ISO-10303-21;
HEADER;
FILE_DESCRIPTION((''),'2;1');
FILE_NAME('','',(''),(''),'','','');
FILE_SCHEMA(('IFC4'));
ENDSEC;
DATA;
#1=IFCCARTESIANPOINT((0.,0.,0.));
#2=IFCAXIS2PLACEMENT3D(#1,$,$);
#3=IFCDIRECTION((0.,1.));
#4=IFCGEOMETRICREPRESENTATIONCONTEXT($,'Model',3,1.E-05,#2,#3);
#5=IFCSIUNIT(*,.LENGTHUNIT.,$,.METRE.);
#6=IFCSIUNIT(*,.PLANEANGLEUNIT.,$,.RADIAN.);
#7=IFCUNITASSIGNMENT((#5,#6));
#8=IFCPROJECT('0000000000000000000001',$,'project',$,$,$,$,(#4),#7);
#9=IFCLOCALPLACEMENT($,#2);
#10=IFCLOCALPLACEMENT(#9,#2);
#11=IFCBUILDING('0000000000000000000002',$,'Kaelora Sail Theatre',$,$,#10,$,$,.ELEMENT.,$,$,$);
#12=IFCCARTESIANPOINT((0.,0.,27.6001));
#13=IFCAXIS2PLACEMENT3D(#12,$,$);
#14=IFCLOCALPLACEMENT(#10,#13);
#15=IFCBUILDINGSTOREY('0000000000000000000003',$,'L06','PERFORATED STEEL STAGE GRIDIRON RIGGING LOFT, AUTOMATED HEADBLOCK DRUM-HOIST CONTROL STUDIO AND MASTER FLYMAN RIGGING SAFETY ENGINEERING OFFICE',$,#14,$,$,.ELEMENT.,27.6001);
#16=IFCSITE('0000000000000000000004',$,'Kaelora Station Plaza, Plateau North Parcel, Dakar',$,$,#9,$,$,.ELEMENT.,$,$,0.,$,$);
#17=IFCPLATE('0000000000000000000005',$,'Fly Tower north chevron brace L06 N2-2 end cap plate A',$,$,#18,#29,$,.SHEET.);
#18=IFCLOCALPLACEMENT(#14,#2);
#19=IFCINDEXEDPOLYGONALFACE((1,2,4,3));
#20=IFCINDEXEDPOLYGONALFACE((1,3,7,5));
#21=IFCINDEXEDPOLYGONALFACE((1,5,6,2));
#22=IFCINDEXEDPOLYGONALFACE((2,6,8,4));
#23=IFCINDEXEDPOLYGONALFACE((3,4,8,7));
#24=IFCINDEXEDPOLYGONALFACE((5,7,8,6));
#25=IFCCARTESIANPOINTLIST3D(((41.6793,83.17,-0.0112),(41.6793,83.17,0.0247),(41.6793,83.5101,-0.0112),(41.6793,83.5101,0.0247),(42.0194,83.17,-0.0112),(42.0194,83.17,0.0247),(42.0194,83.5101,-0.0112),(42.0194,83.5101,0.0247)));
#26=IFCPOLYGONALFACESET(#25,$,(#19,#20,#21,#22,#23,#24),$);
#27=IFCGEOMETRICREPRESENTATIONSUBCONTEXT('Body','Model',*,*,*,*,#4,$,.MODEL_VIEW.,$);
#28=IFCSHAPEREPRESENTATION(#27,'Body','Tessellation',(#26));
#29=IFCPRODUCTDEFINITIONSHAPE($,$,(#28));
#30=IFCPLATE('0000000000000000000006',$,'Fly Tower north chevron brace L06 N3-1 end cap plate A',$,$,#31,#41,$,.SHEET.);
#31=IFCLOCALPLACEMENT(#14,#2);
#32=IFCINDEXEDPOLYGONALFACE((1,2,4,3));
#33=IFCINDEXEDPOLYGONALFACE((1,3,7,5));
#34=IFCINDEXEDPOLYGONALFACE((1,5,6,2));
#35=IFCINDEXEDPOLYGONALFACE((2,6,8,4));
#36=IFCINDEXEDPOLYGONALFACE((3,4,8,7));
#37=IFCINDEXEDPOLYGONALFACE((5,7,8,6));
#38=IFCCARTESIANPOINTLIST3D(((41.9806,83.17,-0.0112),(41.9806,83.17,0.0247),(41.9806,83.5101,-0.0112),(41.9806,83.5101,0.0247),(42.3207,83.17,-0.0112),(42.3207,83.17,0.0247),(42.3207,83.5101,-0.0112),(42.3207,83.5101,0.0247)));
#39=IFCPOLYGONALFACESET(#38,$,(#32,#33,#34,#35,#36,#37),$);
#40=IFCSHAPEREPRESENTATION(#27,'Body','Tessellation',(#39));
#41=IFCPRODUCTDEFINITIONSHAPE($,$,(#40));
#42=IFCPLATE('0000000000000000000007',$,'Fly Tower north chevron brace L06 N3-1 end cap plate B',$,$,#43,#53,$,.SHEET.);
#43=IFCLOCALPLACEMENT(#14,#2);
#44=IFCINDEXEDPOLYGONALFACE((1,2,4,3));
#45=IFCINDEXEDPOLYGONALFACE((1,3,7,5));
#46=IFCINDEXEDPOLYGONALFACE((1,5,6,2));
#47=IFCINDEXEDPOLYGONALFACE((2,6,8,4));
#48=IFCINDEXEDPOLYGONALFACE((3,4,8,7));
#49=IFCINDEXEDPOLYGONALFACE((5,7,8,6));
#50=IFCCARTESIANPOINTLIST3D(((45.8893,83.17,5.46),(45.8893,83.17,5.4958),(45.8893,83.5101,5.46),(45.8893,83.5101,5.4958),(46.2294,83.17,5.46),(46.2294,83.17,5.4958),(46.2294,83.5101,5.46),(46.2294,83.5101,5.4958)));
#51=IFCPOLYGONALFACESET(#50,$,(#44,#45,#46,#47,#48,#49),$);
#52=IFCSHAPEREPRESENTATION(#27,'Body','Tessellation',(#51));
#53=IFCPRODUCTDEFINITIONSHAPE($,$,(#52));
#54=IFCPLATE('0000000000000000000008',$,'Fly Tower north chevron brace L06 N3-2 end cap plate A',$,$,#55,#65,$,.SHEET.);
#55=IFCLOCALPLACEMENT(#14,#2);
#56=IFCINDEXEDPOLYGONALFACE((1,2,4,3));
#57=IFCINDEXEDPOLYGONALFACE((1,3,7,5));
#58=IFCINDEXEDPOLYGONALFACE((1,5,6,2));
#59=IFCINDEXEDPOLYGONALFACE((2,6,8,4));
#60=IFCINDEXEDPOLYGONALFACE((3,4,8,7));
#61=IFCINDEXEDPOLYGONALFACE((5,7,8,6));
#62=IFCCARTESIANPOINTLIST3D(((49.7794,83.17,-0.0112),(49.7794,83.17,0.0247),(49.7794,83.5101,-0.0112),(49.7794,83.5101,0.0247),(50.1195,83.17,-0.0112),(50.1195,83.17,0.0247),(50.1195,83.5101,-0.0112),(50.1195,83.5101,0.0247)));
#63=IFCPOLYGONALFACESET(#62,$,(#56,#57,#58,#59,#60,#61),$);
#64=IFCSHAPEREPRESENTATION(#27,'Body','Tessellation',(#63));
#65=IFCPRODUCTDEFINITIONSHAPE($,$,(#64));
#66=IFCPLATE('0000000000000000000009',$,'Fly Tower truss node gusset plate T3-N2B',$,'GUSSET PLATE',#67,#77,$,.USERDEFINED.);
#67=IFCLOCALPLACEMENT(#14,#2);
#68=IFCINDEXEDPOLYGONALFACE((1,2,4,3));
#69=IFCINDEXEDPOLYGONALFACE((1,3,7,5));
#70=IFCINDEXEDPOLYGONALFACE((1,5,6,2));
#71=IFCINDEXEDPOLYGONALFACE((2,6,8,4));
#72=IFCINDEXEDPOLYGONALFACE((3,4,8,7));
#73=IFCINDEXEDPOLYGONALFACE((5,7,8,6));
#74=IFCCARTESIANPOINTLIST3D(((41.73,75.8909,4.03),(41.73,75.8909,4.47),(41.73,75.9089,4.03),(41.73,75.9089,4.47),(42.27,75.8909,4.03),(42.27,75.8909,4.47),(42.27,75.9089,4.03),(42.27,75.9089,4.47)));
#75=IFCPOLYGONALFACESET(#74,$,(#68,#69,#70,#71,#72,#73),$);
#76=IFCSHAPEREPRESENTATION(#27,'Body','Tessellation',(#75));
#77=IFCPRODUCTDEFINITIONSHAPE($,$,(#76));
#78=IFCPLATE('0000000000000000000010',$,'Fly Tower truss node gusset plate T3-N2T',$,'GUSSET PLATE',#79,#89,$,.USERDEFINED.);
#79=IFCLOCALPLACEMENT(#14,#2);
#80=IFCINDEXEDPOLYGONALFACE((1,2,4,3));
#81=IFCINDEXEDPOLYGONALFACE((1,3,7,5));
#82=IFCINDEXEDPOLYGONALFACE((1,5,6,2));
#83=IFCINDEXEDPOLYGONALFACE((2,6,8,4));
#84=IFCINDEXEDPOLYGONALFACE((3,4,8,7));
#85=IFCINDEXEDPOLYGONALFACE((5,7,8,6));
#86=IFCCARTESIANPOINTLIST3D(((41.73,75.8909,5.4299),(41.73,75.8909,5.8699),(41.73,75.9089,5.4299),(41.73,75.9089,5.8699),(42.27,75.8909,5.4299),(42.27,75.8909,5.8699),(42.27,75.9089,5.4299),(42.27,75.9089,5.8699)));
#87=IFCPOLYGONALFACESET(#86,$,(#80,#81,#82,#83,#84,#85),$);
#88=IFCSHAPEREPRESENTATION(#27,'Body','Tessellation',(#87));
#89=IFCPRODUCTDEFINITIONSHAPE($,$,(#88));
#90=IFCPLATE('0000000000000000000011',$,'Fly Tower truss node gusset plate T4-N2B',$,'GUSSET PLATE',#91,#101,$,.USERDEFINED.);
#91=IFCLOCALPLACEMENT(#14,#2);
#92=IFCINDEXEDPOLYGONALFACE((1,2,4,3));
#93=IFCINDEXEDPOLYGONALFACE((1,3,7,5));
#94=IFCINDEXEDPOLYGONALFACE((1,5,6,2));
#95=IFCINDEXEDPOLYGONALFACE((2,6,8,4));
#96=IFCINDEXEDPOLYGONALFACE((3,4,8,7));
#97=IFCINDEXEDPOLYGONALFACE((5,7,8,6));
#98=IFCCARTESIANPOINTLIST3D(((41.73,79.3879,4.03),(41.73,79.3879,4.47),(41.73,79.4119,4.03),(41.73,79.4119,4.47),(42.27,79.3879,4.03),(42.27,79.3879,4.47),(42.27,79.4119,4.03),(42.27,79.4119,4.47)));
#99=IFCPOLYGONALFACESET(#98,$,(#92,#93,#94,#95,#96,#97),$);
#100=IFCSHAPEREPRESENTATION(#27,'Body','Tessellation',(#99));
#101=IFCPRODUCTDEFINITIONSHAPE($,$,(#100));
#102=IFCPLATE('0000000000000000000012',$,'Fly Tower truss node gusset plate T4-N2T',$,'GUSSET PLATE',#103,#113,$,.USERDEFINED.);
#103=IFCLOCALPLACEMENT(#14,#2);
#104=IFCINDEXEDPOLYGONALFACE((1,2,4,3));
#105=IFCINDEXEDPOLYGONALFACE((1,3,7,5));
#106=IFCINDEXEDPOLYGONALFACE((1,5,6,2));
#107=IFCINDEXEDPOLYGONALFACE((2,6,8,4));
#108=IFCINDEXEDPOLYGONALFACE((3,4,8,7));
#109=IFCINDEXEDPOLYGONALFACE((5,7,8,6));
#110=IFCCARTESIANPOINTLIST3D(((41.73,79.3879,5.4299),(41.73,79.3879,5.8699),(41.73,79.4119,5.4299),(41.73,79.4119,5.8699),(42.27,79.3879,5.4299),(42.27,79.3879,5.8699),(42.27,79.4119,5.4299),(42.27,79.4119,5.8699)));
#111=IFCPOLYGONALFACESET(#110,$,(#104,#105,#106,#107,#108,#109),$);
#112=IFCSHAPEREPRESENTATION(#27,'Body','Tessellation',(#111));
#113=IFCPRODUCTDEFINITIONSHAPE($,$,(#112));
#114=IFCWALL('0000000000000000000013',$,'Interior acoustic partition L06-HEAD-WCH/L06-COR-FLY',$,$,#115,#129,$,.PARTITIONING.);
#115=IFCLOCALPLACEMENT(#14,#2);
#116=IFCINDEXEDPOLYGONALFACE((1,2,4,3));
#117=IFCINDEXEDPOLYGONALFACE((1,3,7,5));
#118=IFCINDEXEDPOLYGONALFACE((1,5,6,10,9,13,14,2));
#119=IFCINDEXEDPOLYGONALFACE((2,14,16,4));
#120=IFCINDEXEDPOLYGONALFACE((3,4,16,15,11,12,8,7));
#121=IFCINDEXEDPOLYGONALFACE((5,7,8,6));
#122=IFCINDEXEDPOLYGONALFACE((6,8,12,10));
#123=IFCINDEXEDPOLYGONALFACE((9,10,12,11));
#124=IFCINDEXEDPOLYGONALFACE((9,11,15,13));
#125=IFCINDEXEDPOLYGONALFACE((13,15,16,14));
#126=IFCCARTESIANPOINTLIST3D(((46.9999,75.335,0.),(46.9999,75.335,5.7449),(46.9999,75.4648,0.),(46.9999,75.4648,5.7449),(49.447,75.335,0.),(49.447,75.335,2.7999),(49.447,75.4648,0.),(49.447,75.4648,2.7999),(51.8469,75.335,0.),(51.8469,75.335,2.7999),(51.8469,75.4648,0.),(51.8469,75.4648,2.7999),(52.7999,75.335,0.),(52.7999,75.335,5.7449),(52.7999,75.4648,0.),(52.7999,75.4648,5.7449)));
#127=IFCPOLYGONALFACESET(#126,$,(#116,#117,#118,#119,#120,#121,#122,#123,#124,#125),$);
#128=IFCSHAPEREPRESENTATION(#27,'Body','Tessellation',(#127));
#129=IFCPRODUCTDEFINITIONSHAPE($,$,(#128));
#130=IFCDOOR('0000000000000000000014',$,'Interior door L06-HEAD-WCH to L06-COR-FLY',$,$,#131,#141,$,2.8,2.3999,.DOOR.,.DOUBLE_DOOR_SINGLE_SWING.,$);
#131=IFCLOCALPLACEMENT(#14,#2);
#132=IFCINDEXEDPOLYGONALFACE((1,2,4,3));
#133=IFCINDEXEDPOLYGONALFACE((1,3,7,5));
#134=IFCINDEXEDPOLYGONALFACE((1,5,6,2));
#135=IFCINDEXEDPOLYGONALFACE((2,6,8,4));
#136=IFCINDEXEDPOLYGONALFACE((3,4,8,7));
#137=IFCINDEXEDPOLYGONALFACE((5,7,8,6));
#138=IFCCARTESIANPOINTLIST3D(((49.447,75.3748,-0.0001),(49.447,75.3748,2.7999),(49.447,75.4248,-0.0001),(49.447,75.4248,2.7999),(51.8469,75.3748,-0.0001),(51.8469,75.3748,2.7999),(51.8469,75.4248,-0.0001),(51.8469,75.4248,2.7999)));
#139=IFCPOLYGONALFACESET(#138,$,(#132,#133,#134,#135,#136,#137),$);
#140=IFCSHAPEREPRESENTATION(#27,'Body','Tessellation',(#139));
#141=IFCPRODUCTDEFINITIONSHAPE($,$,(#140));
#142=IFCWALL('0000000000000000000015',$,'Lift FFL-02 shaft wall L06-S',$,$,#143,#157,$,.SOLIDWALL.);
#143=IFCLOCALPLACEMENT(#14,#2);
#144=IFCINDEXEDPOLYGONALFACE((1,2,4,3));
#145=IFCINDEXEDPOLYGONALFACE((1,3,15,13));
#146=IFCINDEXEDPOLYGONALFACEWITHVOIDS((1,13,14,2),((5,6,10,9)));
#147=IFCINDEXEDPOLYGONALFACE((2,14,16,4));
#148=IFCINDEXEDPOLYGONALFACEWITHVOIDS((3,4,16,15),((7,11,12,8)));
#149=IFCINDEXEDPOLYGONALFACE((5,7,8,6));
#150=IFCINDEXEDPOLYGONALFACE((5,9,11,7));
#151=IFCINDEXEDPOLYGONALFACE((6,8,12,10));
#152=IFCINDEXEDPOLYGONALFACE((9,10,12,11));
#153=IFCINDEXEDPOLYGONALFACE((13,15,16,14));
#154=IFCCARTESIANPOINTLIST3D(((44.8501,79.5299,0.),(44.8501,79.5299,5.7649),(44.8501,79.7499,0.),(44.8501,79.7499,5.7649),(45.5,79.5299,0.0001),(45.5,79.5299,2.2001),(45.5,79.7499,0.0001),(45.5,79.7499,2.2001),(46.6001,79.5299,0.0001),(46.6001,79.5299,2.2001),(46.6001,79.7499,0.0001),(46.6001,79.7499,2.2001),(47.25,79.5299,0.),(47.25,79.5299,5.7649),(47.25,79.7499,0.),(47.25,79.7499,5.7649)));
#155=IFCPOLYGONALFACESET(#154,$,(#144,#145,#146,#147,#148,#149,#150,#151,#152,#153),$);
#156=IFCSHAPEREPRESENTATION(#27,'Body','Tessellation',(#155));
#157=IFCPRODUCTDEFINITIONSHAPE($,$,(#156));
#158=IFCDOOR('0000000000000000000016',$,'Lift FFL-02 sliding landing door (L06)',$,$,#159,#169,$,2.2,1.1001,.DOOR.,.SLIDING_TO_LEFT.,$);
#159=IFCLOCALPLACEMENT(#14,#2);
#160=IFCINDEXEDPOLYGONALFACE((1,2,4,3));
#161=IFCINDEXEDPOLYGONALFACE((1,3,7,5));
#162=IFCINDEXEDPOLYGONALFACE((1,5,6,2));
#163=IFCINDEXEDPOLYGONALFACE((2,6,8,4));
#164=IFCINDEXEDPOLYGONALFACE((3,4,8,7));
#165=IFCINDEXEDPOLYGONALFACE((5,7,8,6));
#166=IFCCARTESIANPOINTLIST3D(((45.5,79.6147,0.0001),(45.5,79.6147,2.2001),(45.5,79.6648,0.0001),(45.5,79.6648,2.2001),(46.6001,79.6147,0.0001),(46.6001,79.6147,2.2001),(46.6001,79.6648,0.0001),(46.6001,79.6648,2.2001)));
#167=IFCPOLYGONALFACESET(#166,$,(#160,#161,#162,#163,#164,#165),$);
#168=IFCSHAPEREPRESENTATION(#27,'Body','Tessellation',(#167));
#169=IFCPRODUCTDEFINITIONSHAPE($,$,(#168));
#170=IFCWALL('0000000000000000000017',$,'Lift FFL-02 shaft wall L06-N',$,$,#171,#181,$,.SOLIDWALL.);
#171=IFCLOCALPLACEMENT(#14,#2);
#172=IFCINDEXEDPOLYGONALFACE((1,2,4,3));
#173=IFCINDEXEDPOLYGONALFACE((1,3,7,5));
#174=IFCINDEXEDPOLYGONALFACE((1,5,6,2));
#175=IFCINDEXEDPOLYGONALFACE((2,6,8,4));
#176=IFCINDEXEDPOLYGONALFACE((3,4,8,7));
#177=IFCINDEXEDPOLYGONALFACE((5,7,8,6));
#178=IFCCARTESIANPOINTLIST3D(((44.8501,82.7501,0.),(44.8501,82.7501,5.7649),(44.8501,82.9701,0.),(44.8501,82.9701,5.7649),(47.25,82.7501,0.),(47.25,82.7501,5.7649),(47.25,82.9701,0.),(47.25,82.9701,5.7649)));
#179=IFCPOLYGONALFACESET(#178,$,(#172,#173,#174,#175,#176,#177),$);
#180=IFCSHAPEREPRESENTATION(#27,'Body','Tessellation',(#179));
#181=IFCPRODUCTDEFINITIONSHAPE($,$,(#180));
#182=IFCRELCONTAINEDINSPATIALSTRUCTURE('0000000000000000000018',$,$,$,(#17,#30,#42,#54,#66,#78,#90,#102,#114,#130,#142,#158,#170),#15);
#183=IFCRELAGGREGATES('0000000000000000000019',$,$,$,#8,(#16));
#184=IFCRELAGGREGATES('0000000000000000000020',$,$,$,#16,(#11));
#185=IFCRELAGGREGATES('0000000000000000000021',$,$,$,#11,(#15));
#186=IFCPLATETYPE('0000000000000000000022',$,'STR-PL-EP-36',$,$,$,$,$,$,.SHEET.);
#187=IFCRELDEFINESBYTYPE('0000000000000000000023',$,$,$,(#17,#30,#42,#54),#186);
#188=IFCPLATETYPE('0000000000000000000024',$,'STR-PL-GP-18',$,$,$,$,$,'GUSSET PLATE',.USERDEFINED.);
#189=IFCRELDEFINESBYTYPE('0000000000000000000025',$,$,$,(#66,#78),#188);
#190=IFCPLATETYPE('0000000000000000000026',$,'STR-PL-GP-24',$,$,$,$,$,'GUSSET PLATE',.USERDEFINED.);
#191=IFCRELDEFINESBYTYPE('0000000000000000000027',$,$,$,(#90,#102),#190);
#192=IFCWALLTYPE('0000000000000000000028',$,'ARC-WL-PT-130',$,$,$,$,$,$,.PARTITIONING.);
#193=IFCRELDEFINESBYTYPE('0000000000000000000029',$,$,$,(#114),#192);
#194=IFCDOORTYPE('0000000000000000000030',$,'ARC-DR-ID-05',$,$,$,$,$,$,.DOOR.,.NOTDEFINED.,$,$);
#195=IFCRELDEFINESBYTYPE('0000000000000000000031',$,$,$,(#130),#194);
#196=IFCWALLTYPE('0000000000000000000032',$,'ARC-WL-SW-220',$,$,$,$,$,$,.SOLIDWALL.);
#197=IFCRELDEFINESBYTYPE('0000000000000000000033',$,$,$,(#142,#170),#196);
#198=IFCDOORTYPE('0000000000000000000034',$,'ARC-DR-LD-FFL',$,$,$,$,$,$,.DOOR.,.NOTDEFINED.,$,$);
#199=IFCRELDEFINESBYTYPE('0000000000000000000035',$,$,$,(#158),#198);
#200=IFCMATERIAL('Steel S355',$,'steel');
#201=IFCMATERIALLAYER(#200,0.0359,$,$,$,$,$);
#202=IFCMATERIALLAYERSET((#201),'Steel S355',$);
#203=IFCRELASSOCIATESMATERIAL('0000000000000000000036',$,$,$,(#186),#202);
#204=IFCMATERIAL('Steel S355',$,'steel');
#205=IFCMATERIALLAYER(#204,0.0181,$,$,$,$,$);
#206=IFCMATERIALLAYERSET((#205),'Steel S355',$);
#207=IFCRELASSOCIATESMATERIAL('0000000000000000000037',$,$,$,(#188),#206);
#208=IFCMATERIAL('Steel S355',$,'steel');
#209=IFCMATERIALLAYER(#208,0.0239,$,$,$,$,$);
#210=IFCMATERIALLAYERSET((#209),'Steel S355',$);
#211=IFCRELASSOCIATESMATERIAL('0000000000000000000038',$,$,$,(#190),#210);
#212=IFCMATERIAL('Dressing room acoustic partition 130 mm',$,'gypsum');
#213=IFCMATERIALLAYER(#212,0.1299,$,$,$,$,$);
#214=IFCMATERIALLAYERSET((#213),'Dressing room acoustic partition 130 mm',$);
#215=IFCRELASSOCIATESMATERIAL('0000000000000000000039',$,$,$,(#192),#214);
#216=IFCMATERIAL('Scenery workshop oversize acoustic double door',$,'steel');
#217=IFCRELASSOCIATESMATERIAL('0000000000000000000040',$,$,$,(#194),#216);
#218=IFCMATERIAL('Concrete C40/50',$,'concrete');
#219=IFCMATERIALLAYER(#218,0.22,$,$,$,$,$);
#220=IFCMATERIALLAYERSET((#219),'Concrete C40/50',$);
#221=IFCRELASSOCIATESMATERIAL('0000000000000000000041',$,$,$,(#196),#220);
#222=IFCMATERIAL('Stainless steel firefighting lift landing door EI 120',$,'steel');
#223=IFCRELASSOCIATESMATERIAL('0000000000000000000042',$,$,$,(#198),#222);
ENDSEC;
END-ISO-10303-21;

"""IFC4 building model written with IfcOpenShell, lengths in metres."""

from ifc_helpers import new_model, si_unit, direction, frame, frame_2d, origin, origin_2d, place, context, subcontext, project, spatial, rectangle, extrude, material, layer, layer_set, type_object, element, fill, save


model = new_model("IFC4")

# Units and contexts
model_context = context("Model", 3, precision=1e-05, world=origin(), true_north=direction((0.0, 1.0)))
body_context = subcontext(model_context, "Body", "Model", "MODEL_VIEW")
ifc_project = project(units=[si_unit("LENGTHUNIT", "METRE"), si_unit("PLANEANGLEUNIT", "RADIAN")], contexts=[model_context])

# Site, building, storey
site_placement = place(None, origin())
site = spatial("IfcSite", under=ifc_project, at=site_placement, Name="Kaelora Station Plaza, Plateau North Parcel, Dakar", CompositionType="ELEMENT", RefElevation=0.0)
building_placement = place(site_placement, origin())
building = spatial("IfcBuilding", under=site, at=building_placement, Name="Kaelora Sail Theatre", CompositionType="ELEMENT")
storey_placement = place(building_placement, frame((0.0, 0.0, 27.6001)))
storey = spatial("IfcBuildingStorey", under=building, at=storey_placement, Name="L06", Description="PERFORATED STEEL STAGE GRIDIRON RIGGING LOFT, AUTOMATED HEADBLOCK DRUM-HOIST CONTROL STUDIO AND MASTER FLYMAN RIGGING SAFETY ENGINEERING OFFICE", CompositionType="ELEMENT", Elevation=27.6001)

# Plates
ifc_material_1 = material(Name="Steel S355", Category="steel")
ifc_layer_1 = layer(ifc_material_1, 0.0359)
ifc_layer_set_1 = layer_set([ifc_layer_1], Name="Steel S355")
plate_type_1 = type_object("IfcPlateType", Name="STR-PL-EP-36", PredefinedType="SHEET", material=ifc_layer_set_1)
for number, where, z_axis, x_axis, name in (
    (1, (41.8494, 83.3401, -0.0112), (0.0, 0.0, 1.0), (1.0, 0.0, 0.0), "Fly Tower north chevron brace L06 N2-2 end cap plate A"),
    (2, (42.1506, 83.3401, -0.0112), (0.0, 0.0, 1.0), (1.0, 0.0, 0.0), "Fly Tower north chevron brace L06 N3-1 end cap plate A"),
    (3, (46.0593, 83.3401, 5.46), (0.0, 0.0, 1.0), (1.0, 0.0, 0.0), "Fly Tower north chevron brace L06 N3-1 end cap plate B"),
    (4, (49.9495, 83.3401, -0.0112), (0.0, 0.0, 1.0), (1.0, 0.0, 0.0), "Fly Tower north chevron brace L06 N3-2 end cap plate A"),
):
    element("IfcPlate", number, at=place(storey_placement, frame(where, z_axis=z_axis, x_axis=x_axis)), inside=storey, type_object=plate_type_1, Name=name, PredefinedType="SHEET", context=body_context, shape_type="SweptSolid", body=[
        extrude(rectangle(XDim=0.3401, YDim=0.3401, at=origin_2d()), origin(), (0.0, 0.0, 1.0), 0.0359),
    ])
ifc_material_2 = material(Name="Steel S355", Category="steel")
ifc_layer_2 = layer(ifc_material_2, 0.0181)
ifc_layer_set_2 = layer_set([ifc_layer_2], Name="Steel S355")
plate_type_2 = type_object("IfcPlateType", Name="STR-PL-GP-18", ElementType="GUSSET PLATE", PredefinedType="USERDEFINED", material=ifc_layer_set_2)
for number, where, z_axis, x_axis, name in (
    (5, (42.0, 75.8999, 4.03), (0.0, 0.0, 1.0), (1.0, 0.0, 0.0), "Fly Tower truss node gusset plate T3-N2B"),
    (6, (42.0, 75.8999, 5.4299), (0.0, 0.0, 1.0), (1.0, 0.0, 0.0), "Fly Tower truss node gusset plate T3-N2T"),
):
    element("IfcPlate", number, at=place(storey_placement, frame(where, z_axis=z_axis, x_axis=x_axis)), inside=storey, type_object=plate_type_2, Name=name, ObjectType="GUSSET PLATE", PredefinedType="USERDEFINED", context=body_context, shape_type="SweptSolid", body=[
        extrude(rectangle(XDim=0.54, YDim=0.0181, at=origin_2d()), origin(), (0.0, 0.0, 1.0), 0.4399),
    ])
ifc_material_3 = material(Name="Steel S355", Category="steel")
ifc_layer_3 = layer(ifc_material_3, 0.0239)
ifc_layer_set_3 = layer_set([ifc_layer_3], Name="Steel S355")
plate_type_3 = type_object("IfcPlateType", Name="STR-PL-GP-24", ElementType="GUSSET PLATE", PredefinedType="USERDEFINED", material=ifc_layer_set_3)
for number, where, z_axis, x_axis, name in (
    (7, (42.0, 79.3999, 4.03), (0.0, 0.0, 1.0), (1.0, 0.0, 0.0), "Fly Tower truss node gusset plate T4-N2B"),
    (8, (42.0, 79.3999, 5.4299), (0.0, 0.0, 1.0), (1.0, 0.0, 0.0), "Fly Tower truss node gusset plate T4-N2T"),
):
    element("IfcPlate", number, at=place(storey_placement, frame(where, z_axis=z_axis, x_axis=x_axis)), inside=storey, type_object=plate_type_3, Name=name, ObjectType="GUSSET PLATE", PredefinedType="USERDEFINED", context=body_context, shape_type="SweptSolid", body=[
        extrude(rectangle(XDim=0.54, YDim=0.0239, at=origin_2d()), origin(), (0.0, 0.0, 1.0), 0.4399),
    ])

# Walls, openings, doors
ifc_material_4 = material(Name="Dressing room acoustic partition 130 mm", Category="gypsum")
ifc_layer_4 = layer(ifc_material_4, 0.1299)
ifc_layer_set_4 = layer_set([ifc_layer_4], Name="Dressing room acoustic partition 130 mm")
wall_type_1 = type_object("IfcWallType", Name="ARC-WL-PT-130", PredefinedType="PARTITIONING", material=ifc_layer_set_4)
wall_1_placement = place(storey_placement, frame((47.0, 75.3999, 0.0), z_axis=(0.0, 0.0, 1.0), x_axis=(1.0, 0.0, 0.0)))
wall_1 = element("IfcWall", 9, at=wall_1_placement, inside=storey, type_object=wall_type_1, Name="Interior acoustic partition L06-HEAD-WCH/L06-COR-FLY", PredefinedType="PARTITIONING", context=body_context, shape_type="SweptSolid", body=[
    extrude(rectangle(XDim=5.8, YDim=0.1299, at=frame_2d((2.8999, 0.0))), origin(), (0.0, 0.0, 1.0), 5.7449),
])
opening_1_placement = place(wall_1_placement, frame((2.447, 0.0, 0.0)))
opening_1 = element("IfcOpeningElement", 10, at=opening_1_placement, cuts=wall_1, PredefinedType="OPENING", context=body_context, shape_type="SweptSolid", body=[
    extrude(rectangle(XDim=2.3999, YDim=2.8, at=frame_2d((1.2, 1.3999))), frame((0.0, 0.0749, 0.0), z_axis=(0.0, -1.0, 0.0), x_axis=(1.0, 0.0, 0.0)), (0.0, 0.0, 1.0), 0.1499),
])
ifc_material_5 = material(Name="Scenery workshop oversize acoustic double door", Category="steel")
door_type_1 = type_object("IfcDoorType", Name="ARC-DR-ID-05", OperationType="NOTDEFINED", PredefinedType="DOOR", material=ifc_material_5)
door_1_placement = place(opening_1_placement, origin())
door_1 = element("IfcDoor", 11, at=door_1_placement, inside=storey, type_object=door_type_1, Name="Interior door L06-HEAD-WCH to L06-COR-FLY", OperationType="DOUBLE_DOOR_SINGLE_SWING", OverallHeight=2.8, OverallWidth=2.3999, PredefinedType="DOOR", context=body_context, shape_type="SweptSolid", body=[
    extrude(rectangle(XDim=2.3999, YDim=2.8, at=frame_2d((1.2, 1.3999))), frame((0.0, 0.0249, 0.0), z_axis=(0.0, -1.0, 0.0), x_axis=(1.0, 0.0, 0.0)), (0.0, 0.0, 1.0), 0.05),
])
fill(opening_1, door_1)
ifc_material_6 = material(Name="Concrete C40/50", Category="concrete")
ifc_layer_5 = layer(ifc_material_6, 0.22)
ifc_layer_set_5 = layer_set([ifc_layer_5], Name="Concrete C40/50")
wall_type_2 = type_object("IfcWallType", Name="ARC-WL-SW-220", PredefinedType="SOLIDWALL", material=ifc_layer_set_5)
wall_2_placement = place(storey_placement, frame((44.8501, 79.6399, 0.0), z_axis=(0.0, 0.0, 1.0), x_axis=(1.0, 0.0, 0.0)))
wall_2 = element("IfcWall", 12, at=wall_2_placement, inside=storey, type_object=wall_type_2, Name="Lift FFL-02 shaft wall L06-S", PredefinedType="SOLIDWALL", context=body_context, shape_type="SweptSolid", body=[
    extrude(rectangle(XDim=2.3999, YDim=0.22, at=frame_2d((1.2, 0.0))), origin(), (0.0, 0.0, 1.0), 5.7649),
])
opening_2_placement = place(wall_2_placement, frame((0.6499, 0.0, 0.0)))
opening_2 = element("IfcOpeningElement", 13, at=opening_2_placement, cuts=wall_2, PredefinedType="OPENING", context=body_context, shape_type="SweptSolid", body=[
    extrude(rectangle(XDim=1.1001, YDim=2.2, at=frame_2d((0.55, 1.1001))), frame((0.0, 0.1199, 0.0), z_axis=(0.0, -1.0, 0.0), x_axis=(1.0, 0.0, 0.0)), (0.0, 0.0, 1.0), 0.24),
])
ifc_material_7 = material(Name="Stainless steel firefighting lift landing door EI 120", Category="steel")
door_type_2 = type_object("IfcDoorType", Name="ARC-DR-LD-FFL", OperationType="NOTDEFINED", PredefinedType="DOOR", material=ifc_material_7)
door_2_placement = place(opening_2_placement, origin())
door_2 = element("IfcDoor", 14, at=door_2_placement, inside=storey, type_object=door_type_2, Name="Lift FFL-02 sliding landing door (L06)", OperationType="SLIDING_TO_LEFT", OverallHeight=2.2, OverallWidth=1.1001, PredefinedType="DOOR", context=body_context, shape_type="SweptSolid", body=[
    extrude(rectangle(XDim=1.1001, YDim=2.2, at=frame_2d((0.55, 1.1001))), frame((0.0, 0.0249, 0.0), z_axis=(0.0, -1.0, 0.0), x_axis=(1.0, 0.0, 0.0)), (0.0, 0.0, 1.0), 0.05),
])
fill(opening_2, door_2)

# Wall
wall_3_placement = place(storey_placement, frame((44.8501, 82.8601, 0.0), z_axis=(0.0, 0.0, 1.0), x_axis=(1.0, 0.0, 0.0)))
element("IfcWall", 15, at=wall_3_placement, inside=storey, type_object=wall_type_2, Name="Lift FFL-02 shaft wall L06-N", PredefinedType="SOLIDWALL", context=body_context, shape_type="SweptSolid", body=[
    extrude(rectangle(XDim=2.3999, YDim=0.22, at=frame_2d((1.2, 0.0))), origin(), (0.0, 0.0, 1.0), 5.7649),
])

save(model, "model.ifc")
